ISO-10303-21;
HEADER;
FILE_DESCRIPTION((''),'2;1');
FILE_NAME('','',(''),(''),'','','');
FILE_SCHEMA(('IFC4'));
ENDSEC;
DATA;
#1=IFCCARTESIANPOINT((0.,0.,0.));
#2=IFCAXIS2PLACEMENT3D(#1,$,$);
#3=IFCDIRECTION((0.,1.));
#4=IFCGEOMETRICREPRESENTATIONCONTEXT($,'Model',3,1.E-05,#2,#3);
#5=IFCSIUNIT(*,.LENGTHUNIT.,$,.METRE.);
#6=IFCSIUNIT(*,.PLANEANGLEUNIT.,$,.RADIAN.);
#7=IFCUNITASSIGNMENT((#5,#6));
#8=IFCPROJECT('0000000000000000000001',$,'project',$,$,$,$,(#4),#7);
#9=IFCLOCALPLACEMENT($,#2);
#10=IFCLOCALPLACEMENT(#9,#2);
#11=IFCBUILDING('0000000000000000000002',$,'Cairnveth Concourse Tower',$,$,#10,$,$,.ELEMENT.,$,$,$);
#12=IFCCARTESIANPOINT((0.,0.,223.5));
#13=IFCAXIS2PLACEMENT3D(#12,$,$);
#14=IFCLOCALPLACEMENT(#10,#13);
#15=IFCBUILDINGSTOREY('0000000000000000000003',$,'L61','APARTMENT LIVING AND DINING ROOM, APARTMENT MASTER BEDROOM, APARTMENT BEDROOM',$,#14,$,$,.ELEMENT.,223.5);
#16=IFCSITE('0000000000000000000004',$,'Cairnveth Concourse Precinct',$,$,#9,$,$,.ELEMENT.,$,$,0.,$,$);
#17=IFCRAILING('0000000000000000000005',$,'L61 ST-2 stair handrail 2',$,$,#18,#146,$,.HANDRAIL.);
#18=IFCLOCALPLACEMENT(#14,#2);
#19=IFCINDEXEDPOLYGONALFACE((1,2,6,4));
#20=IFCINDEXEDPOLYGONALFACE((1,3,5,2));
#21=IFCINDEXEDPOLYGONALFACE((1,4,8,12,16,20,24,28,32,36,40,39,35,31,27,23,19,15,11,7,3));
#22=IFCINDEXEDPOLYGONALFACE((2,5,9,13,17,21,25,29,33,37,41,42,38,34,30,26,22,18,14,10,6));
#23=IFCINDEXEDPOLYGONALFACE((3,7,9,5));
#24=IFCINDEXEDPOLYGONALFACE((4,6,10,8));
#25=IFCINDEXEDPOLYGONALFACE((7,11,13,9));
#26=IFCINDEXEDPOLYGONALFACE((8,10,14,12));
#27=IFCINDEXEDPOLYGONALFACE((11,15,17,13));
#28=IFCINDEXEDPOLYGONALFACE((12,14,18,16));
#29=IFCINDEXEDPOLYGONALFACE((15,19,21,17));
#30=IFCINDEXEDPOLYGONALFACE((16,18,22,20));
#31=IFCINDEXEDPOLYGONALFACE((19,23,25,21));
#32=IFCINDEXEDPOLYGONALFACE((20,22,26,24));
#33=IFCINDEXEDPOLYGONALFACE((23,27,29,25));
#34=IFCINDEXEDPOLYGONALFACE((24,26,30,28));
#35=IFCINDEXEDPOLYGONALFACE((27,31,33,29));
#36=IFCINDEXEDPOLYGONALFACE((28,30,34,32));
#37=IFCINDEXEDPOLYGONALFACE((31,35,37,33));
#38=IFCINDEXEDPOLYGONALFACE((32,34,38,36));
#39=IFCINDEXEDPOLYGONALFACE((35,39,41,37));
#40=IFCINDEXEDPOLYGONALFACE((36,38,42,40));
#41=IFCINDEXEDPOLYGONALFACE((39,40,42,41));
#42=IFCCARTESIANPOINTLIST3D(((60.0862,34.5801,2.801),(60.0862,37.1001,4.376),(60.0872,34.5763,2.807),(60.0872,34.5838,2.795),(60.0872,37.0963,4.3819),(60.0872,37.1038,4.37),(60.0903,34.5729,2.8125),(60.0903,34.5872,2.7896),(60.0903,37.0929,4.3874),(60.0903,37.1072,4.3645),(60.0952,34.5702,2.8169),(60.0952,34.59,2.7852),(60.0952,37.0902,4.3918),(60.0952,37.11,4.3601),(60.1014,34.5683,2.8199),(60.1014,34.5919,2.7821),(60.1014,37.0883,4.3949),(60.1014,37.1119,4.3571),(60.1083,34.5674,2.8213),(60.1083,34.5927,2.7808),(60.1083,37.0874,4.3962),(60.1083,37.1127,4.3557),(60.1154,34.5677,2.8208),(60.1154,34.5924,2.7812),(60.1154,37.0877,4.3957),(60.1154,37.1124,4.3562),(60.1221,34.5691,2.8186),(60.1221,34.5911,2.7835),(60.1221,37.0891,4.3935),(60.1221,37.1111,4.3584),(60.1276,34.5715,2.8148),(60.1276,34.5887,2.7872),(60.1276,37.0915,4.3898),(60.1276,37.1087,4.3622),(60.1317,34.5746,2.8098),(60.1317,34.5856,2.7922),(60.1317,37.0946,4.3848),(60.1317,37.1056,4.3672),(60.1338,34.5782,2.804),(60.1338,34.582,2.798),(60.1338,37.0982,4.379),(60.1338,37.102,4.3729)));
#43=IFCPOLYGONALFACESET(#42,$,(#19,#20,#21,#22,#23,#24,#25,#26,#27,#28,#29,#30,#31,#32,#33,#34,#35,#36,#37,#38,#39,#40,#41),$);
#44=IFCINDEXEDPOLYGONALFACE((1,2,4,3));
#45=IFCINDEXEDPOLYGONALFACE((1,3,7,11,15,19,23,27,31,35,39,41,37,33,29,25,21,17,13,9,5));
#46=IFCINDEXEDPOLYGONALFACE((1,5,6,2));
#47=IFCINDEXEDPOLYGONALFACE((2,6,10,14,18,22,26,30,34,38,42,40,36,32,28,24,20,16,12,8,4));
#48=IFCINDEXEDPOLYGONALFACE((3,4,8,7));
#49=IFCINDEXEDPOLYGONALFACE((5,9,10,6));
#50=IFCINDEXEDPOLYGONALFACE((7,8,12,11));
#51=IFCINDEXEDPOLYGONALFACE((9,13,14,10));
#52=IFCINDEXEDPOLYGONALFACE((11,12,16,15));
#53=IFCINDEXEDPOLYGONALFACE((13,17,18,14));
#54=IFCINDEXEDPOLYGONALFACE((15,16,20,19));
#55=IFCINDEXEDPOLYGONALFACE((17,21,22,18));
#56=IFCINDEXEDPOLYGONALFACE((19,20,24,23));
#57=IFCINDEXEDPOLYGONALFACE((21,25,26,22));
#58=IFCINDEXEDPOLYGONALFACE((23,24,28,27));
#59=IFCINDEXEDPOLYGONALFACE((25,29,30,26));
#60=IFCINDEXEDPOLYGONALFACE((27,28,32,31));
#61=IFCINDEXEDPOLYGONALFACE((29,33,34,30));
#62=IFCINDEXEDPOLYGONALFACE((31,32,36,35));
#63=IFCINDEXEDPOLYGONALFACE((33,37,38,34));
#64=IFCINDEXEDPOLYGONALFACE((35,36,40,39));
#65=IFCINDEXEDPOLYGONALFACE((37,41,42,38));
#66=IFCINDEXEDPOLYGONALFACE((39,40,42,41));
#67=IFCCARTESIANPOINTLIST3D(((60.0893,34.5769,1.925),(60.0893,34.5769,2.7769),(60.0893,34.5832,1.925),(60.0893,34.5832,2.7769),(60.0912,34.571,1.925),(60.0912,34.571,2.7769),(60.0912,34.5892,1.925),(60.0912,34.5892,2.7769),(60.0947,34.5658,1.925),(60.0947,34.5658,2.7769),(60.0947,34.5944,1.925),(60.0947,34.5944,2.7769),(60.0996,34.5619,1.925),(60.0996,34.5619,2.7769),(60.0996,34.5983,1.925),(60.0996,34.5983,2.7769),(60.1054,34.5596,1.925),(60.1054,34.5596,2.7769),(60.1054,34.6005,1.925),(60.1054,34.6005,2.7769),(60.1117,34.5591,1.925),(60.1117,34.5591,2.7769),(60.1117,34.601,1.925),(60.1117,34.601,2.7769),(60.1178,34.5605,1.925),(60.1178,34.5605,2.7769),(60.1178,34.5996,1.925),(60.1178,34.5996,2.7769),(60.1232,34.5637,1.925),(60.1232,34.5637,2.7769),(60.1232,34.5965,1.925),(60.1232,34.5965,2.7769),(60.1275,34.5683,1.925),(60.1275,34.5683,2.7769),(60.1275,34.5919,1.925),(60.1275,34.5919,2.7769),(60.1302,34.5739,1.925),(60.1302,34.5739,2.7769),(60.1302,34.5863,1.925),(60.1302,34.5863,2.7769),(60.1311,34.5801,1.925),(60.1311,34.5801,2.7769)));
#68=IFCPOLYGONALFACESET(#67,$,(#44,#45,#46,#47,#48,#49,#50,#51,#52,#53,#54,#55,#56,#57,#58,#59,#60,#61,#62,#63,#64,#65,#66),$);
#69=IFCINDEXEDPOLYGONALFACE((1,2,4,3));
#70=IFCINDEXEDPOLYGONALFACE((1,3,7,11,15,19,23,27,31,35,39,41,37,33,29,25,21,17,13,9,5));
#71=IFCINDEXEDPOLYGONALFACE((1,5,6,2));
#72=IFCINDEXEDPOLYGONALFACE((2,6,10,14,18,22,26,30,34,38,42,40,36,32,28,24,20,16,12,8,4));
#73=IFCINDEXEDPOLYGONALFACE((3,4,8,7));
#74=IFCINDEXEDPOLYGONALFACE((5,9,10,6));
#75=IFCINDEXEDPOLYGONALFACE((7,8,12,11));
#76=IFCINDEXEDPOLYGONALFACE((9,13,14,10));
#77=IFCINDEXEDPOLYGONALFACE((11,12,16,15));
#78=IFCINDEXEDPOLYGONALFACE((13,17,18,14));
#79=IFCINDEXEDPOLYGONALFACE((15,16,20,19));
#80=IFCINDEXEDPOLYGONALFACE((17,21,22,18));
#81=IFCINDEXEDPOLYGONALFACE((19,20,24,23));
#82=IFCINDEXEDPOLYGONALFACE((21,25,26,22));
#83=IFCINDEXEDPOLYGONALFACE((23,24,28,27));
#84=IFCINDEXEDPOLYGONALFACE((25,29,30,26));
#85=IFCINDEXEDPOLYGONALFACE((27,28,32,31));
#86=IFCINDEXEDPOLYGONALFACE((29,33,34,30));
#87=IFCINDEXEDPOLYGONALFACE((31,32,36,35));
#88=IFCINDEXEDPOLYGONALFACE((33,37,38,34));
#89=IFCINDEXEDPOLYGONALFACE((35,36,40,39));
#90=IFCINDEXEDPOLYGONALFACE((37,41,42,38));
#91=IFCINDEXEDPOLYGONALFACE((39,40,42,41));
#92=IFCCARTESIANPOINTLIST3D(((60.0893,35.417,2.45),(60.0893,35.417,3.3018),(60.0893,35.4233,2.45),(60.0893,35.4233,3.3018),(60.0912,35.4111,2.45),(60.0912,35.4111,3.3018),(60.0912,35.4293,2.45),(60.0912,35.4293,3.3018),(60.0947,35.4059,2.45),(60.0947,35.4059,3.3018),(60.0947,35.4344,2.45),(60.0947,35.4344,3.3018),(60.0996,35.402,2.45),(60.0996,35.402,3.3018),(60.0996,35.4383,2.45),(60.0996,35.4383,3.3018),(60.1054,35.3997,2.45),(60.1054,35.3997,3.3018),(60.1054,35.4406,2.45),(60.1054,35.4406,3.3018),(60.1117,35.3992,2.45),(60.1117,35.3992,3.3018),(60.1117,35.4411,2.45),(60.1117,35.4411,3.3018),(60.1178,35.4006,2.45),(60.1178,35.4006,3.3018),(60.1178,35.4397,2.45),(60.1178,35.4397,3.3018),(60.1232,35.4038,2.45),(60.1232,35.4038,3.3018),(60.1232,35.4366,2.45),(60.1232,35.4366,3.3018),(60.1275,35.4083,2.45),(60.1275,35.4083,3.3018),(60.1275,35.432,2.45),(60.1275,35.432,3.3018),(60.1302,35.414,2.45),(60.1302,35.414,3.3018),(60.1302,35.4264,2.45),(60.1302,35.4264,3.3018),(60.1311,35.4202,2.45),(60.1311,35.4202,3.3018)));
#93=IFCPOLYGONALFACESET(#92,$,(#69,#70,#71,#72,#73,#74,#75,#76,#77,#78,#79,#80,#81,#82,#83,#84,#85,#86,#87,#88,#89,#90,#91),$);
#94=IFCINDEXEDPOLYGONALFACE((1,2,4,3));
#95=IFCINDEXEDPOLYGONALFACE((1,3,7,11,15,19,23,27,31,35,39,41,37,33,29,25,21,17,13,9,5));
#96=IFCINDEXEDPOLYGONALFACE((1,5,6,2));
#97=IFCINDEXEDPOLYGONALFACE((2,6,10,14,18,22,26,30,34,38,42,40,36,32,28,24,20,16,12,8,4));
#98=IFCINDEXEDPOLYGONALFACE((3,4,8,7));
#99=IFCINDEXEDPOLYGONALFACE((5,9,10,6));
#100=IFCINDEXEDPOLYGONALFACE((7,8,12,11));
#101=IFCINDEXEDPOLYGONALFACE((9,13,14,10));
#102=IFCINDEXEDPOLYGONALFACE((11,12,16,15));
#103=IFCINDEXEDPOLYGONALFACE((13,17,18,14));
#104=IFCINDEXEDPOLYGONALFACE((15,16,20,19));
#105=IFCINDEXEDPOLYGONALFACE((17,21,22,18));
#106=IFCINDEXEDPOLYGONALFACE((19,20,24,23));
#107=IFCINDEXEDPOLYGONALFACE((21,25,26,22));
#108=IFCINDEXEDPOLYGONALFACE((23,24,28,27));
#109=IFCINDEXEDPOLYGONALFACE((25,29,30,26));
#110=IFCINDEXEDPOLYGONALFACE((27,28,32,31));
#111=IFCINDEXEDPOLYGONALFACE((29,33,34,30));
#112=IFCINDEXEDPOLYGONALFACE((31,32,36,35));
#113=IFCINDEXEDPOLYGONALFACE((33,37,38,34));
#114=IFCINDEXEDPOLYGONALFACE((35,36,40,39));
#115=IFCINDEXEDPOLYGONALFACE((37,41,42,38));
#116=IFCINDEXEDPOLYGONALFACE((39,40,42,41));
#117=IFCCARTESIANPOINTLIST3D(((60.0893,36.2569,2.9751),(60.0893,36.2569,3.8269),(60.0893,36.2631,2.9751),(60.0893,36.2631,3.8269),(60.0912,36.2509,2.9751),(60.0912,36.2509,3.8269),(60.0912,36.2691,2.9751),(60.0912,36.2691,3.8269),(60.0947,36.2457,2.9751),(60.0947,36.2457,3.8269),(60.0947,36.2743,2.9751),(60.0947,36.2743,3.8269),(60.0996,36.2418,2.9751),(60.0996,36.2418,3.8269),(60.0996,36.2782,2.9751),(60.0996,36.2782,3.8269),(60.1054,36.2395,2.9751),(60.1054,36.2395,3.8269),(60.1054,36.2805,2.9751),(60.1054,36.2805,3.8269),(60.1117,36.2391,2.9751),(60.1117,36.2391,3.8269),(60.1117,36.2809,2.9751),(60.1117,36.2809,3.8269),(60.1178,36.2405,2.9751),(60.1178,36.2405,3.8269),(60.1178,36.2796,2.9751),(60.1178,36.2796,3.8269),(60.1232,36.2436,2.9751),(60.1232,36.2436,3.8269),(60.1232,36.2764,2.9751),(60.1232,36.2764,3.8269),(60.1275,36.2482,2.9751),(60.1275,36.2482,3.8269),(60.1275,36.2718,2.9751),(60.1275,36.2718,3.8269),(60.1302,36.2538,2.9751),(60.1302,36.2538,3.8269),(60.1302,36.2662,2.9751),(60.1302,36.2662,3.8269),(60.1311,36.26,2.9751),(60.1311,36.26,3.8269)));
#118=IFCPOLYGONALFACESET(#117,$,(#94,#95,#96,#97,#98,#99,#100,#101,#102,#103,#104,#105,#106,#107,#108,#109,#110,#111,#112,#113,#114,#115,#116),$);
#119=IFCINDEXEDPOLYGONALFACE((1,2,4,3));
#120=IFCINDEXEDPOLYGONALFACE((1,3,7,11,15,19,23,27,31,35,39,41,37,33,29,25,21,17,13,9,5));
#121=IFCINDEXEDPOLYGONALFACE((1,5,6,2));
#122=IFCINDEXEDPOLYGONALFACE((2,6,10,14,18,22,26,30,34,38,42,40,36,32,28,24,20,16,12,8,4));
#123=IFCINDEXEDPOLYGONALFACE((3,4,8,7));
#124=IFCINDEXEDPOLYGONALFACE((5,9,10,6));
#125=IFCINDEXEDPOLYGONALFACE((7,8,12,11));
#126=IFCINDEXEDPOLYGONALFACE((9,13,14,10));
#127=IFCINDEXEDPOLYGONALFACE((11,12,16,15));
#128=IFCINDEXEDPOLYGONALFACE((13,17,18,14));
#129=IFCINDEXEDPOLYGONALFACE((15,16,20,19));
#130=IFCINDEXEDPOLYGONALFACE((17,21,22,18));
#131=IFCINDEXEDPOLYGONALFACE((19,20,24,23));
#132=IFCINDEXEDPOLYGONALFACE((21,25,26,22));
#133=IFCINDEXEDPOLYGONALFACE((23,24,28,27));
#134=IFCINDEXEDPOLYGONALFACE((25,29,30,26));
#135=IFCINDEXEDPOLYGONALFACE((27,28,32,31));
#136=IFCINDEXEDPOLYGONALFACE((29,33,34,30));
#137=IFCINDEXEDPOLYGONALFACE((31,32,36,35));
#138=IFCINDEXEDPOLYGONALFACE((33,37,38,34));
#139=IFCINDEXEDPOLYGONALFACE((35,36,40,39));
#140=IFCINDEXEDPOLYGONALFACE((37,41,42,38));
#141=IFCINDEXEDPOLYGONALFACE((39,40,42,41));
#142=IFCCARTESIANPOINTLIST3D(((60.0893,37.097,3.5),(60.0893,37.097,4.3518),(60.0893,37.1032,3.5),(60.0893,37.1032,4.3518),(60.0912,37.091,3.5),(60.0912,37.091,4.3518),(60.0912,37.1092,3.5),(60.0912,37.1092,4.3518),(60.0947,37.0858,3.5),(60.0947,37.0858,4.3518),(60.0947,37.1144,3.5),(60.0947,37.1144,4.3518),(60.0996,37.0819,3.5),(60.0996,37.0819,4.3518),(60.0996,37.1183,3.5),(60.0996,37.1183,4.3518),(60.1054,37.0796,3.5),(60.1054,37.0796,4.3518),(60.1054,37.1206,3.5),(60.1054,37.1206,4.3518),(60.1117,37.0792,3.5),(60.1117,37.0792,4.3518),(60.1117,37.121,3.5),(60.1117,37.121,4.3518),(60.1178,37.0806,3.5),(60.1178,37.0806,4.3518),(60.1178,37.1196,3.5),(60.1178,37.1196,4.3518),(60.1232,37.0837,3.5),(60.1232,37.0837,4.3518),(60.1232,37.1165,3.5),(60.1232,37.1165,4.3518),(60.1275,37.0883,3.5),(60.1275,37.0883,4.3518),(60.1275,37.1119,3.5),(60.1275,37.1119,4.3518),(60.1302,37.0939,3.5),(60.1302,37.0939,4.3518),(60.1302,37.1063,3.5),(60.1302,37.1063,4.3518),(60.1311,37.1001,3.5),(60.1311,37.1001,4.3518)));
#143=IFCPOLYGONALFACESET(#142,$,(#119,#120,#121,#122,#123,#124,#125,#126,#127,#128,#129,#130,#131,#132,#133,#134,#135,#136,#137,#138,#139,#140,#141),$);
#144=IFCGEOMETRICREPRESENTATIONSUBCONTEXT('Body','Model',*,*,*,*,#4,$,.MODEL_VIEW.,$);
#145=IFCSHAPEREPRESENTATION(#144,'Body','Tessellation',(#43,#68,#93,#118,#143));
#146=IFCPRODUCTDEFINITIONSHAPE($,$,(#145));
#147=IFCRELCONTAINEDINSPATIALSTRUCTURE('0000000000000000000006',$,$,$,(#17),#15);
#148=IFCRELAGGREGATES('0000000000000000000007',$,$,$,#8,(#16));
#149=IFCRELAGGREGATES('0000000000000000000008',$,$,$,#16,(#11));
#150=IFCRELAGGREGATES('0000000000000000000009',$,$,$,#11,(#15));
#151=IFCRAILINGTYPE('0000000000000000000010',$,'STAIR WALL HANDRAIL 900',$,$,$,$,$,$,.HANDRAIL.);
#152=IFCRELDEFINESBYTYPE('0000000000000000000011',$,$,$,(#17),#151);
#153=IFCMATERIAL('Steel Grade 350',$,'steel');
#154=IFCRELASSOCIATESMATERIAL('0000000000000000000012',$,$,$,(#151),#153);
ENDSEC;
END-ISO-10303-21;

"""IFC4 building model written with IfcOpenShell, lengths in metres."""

from ifc_helpers import new_model, si_unit, direction, frame, origin, origin_2d, place, context, subcontext, project, spatial, circle, extrude, material, type_object, element, save


model = new_model("IFC4")

# Units and contexts
model_context = context("Model", 3, precision=1e-05, world=origin(), true_north=direction((0.0, 1.0)))
body_context = subcontext(model_context, "Body", "Model", "MODEL_VIEW")
ifc_project = project(units=[si_unit("LENGTHUNIT", "METRE"), si_unit("PLANEANGLEUNIT", "RADIAN")], contexts=[model_context])

# Site, building, storey
site_placement = place(None, origin())
site = spatial("IfcSite", under=ifc_project, at=site_placement, Name="Cairnveth Concourse Precinct", CompositionType="ELEMENT", RefElevation=0.0)
building_placement = place(site_placement, origin())
building = spatial("IfcBuilding", under=site, at=building_placement, Name="Cairnveth Concourse Tower", CompositionType="ELEMENT")
storey_placement = place(building_placement, frame((0.0, 0.0, 223.5)))
storey = spatial("IfcBuildingStorey", under=building, at=storey_placement, Name="L61", Description="APARTMENT LIVING AND DINING ROOM, APARTMENT MASTER BEDROOM, APARTMENT BEDROOM", CompositionType="ELEMENT", Elevation=223.5)

# Shared definitions
ifc_material_1 = material(Name="Steel Grade 350", Category="steel")

# Railing
railing_type_1 = type_object("IfcRailingType", Name="STAIR WALL HANDRAIL 900", PredefinedType="HANDRAIL", material=ifc_material_1)
railing_1_placement = place(storey_placement, frame((60.1101, 34.5801, 1.925)))
element("IfcRailing", 1, at=railing_1_placement, inside=storey, type_object=railing_type_1, Name="L61 ST-2 stair handrail 2", PredefinedType="HANDRAIL", context=body_context, shape_type="SweptSolid", body=[
    extrude(circle(Radius=0.0239, at=origin_2d()), frame((0.0, 0.0, 0.876), z_axis=(0.0, 0.848008, 0.529984), x_axis=(-1.0, 0.0, 0.0)), (0.0, 0.0, 1.0), 2.9717),
    extrude(circle(Radius=0.021, at=origin_2d()), origin(), (0.0, 0.0, 1.0), 0.8518),
    extrude(circle(Radius=0.021, at=origin_2d()), frame((0.0, 0.8401, 0.5249)), (0.0, 0.0, 1.0), 0.8518),
    extrude(circle(Radius=0.021, at=origin_2d()), frame((0.0, 1.6799, 1.05)), (0.0, 0.0, 1.0), 0.8518),
    extrude(circle(Radius=0.021, at=origin_2d()), frame((0.0, 2.52, 1.575)), (0.0, 0.0, 1.0), 0.8518),
])

save(model, "model.ifc")
